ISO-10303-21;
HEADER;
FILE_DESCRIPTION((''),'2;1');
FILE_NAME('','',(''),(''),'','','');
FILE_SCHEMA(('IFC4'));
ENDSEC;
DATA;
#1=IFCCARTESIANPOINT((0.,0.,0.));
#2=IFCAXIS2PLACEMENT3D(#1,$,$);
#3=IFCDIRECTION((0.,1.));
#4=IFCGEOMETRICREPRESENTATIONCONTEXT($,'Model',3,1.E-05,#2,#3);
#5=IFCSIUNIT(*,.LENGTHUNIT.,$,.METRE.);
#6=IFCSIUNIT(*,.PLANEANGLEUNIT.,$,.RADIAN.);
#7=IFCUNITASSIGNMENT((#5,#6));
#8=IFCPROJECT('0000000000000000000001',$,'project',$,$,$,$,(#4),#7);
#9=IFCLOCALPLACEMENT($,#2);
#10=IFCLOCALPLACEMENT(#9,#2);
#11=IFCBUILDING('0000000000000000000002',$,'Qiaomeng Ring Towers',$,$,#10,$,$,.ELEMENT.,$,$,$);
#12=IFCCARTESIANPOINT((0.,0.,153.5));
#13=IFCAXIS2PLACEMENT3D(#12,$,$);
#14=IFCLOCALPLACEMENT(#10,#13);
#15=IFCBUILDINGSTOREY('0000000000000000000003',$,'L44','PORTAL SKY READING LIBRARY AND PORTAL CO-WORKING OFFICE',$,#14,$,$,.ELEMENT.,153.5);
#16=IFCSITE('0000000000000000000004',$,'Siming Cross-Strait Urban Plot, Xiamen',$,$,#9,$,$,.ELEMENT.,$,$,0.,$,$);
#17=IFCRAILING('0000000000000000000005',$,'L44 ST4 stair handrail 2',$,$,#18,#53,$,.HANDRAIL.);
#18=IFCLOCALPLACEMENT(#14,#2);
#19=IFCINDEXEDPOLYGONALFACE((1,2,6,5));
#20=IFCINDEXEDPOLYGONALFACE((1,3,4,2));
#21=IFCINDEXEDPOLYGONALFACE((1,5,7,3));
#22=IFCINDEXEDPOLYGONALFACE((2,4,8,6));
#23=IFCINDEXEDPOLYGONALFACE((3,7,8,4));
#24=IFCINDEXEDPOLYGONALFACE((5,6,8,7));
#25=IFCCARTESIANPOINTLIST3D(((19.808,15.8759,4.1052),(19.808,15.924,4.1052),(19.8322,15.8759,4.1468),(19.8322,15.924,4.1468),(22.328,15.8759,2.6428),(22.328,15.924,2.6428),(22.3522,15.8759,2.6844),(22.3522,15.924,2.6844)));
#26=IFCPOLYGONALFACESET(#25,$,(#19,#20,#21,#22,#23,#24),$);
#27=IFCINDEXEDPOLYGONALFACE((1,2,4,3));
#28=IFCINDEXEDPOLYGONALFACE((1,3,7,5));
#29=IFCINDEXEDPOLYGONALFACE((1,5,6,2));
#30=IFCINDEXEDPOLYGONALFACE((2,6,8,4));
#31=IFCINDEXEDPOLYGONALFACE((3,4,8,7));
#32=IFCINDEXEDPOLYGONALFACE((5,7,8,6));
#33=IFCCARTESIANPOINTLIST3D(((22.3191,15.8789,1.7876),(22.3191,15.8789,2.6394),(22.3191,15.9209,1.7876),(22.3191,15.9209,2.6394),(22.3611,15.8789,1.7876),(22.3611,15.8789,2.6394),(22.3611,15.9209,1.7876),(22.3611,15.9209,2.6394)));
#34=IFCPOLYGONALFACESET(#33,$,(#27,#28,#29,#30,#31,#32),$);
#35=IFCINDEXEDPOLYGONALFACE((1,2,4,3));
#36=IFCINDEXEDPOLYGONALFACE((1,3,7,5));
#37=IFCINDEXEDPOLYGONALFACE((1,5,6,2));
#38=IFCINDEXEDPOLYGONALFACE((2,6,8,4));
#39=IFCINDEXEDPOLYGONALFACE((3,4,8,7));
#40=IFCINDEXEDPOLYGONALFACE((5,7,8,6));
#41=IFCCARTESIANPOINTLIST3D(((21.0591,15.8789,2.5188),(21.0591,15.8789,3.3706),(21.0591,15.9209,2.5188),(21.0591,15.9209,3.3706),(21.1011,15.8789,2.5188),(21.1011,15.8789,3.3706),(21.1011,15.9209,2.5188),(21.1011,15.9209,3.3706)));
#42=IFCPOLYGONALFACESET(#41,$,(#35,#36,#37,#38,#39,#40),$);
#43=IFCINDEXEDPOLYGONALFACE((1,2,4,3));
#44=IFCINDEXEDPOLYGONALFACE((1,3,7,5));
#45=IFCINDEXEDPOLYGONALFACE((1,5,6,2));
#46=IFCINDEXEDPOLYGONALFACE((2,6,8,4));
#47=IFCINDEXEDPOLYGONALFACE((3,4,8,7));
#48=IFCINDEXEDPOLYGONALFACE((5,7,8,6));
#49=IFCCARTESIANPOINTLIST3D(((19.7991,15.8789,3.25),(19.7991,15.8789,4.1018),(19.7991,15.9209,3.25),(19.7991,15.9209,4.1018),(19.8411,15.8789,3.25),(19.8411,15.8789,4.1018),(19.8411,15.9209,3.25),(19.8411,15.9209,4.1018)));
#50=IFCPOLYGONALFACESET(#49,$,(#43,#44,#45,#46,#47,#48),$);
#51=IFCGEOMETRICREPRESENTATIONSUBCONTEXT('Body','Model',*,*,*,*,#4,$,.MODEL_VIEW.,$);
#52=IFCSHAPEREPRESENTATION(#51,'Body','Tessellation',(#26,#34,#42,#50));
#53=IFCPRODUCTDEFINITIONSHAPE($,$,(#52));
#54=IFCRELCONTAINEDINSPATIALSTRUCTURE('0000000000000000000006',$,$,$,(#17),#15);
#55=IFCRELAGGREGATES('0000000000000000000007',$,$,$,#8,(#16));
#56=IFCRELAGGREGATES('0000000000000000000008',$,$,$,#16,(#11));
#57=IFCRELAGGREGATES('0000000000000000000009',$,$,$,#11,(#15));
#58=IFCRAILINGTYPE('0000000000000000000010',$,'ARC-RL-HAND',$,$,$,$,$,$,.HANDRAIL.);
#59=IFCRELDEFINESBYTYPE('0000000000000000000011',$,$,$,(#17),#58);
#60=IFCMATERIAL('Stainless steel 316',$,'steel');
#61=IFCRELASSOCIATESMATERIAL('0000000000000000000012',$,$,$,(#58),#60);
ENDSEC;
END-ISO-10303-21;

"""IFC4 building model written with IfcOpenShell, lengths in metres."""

from ifc_helpers import new_model, si_unit, direction, frame, origin, origin_2d, place, context, subcontext, project, spatial, rectangle, extrude, material, type_object, element, save


model = new_model("IFC4")

# Units and contexts
model_context = context("Model", 3, precision=1e-05, world=origin(), true_north=direction((0.0, 1.0)))
body_context = subcontext(model_context, "Body", "Model", "MODEL_VIEW")
ifc_project = project(units=[si_unit("LENGTHUNIT", "METRE"), si_unit("PLANEANGLEUNIT", "RADIAN")], contexts=[model_context])

# Site, building, storey
site_placement = place(None, origin())
site = spatial("IfcSite", under=ifc_project, at=site_placement, Name="Siming Cross-Strait Urban Plot, Xiamen", CompositionType="ELEMENT", RefElevation=0.0)
building_placement = place(site_placement, origin())
building = spatial("IfcBuilding", under=site, at=building_placement, Name="Qiaomeng Ring Towers", CompositionType="ELEMENT")
storey_placement = place(building_placement, frame((0.0, 0.0, 153.5)))
storey = spatial("IfcBuildingStorey", under=building, at=storey_placement, Name="L44", Description="PORTAL SKY READING LIBRARY AND PORTAL CO-WORKING OFFICE", CompositionType="ELEMENT", Elevation=153.5)

# Railing
ifc_material_1 = material(Name="Stainless steel 316", Category="steel")
railing_type_1 = type_object("IfcRailingType", Name="ARC-RL-HAND", PredefinedType="HANDRAIL", material=ifc_material_1)
railing_1_placement = place(storey_placement, frame((22.3401, 15.8999, 1.7876)))
element("IfcRailing", 1, at=railing_1_placement, inside=storey, type_object=railing_type_1, Name="L44 ST4 stair handrail 2", PredefinedType="HANDRAIL", context=body_context, shape_type="SweptSolid", body=[
    extrude(rectangle(XDim=0.0481, YDim=0.0481, at=origin_2d()), frame((0.0, 0.0, 0.876), z_axis=(-0.864913, 0.0, 0.501921), x_axis=(0.0, -1.0, 0.0)), (0.0, 0.0, 1.0), 2.9136),
    extrude(rectangle(XDim=0.042, YDim=0.042, at=origin_2d()), origin(), (0.0, 0.0, 1.0), 0.8518),
    extrude(rectangle(XDim=0.042, YDim=0.042, at=origin_2d()), frame((-1.26, 0.0, 0.7312)), (0.0, 0.0, 1.0), 0.8518),
    extrude(rectangle(XDim=0.042, YDim=0.042, at=origin_2d()), frame((-2.52, 0.0, 1.4624)), (0.0, 0.0, 1.0), 0.8518),
])

save(model, "model.ifc")
